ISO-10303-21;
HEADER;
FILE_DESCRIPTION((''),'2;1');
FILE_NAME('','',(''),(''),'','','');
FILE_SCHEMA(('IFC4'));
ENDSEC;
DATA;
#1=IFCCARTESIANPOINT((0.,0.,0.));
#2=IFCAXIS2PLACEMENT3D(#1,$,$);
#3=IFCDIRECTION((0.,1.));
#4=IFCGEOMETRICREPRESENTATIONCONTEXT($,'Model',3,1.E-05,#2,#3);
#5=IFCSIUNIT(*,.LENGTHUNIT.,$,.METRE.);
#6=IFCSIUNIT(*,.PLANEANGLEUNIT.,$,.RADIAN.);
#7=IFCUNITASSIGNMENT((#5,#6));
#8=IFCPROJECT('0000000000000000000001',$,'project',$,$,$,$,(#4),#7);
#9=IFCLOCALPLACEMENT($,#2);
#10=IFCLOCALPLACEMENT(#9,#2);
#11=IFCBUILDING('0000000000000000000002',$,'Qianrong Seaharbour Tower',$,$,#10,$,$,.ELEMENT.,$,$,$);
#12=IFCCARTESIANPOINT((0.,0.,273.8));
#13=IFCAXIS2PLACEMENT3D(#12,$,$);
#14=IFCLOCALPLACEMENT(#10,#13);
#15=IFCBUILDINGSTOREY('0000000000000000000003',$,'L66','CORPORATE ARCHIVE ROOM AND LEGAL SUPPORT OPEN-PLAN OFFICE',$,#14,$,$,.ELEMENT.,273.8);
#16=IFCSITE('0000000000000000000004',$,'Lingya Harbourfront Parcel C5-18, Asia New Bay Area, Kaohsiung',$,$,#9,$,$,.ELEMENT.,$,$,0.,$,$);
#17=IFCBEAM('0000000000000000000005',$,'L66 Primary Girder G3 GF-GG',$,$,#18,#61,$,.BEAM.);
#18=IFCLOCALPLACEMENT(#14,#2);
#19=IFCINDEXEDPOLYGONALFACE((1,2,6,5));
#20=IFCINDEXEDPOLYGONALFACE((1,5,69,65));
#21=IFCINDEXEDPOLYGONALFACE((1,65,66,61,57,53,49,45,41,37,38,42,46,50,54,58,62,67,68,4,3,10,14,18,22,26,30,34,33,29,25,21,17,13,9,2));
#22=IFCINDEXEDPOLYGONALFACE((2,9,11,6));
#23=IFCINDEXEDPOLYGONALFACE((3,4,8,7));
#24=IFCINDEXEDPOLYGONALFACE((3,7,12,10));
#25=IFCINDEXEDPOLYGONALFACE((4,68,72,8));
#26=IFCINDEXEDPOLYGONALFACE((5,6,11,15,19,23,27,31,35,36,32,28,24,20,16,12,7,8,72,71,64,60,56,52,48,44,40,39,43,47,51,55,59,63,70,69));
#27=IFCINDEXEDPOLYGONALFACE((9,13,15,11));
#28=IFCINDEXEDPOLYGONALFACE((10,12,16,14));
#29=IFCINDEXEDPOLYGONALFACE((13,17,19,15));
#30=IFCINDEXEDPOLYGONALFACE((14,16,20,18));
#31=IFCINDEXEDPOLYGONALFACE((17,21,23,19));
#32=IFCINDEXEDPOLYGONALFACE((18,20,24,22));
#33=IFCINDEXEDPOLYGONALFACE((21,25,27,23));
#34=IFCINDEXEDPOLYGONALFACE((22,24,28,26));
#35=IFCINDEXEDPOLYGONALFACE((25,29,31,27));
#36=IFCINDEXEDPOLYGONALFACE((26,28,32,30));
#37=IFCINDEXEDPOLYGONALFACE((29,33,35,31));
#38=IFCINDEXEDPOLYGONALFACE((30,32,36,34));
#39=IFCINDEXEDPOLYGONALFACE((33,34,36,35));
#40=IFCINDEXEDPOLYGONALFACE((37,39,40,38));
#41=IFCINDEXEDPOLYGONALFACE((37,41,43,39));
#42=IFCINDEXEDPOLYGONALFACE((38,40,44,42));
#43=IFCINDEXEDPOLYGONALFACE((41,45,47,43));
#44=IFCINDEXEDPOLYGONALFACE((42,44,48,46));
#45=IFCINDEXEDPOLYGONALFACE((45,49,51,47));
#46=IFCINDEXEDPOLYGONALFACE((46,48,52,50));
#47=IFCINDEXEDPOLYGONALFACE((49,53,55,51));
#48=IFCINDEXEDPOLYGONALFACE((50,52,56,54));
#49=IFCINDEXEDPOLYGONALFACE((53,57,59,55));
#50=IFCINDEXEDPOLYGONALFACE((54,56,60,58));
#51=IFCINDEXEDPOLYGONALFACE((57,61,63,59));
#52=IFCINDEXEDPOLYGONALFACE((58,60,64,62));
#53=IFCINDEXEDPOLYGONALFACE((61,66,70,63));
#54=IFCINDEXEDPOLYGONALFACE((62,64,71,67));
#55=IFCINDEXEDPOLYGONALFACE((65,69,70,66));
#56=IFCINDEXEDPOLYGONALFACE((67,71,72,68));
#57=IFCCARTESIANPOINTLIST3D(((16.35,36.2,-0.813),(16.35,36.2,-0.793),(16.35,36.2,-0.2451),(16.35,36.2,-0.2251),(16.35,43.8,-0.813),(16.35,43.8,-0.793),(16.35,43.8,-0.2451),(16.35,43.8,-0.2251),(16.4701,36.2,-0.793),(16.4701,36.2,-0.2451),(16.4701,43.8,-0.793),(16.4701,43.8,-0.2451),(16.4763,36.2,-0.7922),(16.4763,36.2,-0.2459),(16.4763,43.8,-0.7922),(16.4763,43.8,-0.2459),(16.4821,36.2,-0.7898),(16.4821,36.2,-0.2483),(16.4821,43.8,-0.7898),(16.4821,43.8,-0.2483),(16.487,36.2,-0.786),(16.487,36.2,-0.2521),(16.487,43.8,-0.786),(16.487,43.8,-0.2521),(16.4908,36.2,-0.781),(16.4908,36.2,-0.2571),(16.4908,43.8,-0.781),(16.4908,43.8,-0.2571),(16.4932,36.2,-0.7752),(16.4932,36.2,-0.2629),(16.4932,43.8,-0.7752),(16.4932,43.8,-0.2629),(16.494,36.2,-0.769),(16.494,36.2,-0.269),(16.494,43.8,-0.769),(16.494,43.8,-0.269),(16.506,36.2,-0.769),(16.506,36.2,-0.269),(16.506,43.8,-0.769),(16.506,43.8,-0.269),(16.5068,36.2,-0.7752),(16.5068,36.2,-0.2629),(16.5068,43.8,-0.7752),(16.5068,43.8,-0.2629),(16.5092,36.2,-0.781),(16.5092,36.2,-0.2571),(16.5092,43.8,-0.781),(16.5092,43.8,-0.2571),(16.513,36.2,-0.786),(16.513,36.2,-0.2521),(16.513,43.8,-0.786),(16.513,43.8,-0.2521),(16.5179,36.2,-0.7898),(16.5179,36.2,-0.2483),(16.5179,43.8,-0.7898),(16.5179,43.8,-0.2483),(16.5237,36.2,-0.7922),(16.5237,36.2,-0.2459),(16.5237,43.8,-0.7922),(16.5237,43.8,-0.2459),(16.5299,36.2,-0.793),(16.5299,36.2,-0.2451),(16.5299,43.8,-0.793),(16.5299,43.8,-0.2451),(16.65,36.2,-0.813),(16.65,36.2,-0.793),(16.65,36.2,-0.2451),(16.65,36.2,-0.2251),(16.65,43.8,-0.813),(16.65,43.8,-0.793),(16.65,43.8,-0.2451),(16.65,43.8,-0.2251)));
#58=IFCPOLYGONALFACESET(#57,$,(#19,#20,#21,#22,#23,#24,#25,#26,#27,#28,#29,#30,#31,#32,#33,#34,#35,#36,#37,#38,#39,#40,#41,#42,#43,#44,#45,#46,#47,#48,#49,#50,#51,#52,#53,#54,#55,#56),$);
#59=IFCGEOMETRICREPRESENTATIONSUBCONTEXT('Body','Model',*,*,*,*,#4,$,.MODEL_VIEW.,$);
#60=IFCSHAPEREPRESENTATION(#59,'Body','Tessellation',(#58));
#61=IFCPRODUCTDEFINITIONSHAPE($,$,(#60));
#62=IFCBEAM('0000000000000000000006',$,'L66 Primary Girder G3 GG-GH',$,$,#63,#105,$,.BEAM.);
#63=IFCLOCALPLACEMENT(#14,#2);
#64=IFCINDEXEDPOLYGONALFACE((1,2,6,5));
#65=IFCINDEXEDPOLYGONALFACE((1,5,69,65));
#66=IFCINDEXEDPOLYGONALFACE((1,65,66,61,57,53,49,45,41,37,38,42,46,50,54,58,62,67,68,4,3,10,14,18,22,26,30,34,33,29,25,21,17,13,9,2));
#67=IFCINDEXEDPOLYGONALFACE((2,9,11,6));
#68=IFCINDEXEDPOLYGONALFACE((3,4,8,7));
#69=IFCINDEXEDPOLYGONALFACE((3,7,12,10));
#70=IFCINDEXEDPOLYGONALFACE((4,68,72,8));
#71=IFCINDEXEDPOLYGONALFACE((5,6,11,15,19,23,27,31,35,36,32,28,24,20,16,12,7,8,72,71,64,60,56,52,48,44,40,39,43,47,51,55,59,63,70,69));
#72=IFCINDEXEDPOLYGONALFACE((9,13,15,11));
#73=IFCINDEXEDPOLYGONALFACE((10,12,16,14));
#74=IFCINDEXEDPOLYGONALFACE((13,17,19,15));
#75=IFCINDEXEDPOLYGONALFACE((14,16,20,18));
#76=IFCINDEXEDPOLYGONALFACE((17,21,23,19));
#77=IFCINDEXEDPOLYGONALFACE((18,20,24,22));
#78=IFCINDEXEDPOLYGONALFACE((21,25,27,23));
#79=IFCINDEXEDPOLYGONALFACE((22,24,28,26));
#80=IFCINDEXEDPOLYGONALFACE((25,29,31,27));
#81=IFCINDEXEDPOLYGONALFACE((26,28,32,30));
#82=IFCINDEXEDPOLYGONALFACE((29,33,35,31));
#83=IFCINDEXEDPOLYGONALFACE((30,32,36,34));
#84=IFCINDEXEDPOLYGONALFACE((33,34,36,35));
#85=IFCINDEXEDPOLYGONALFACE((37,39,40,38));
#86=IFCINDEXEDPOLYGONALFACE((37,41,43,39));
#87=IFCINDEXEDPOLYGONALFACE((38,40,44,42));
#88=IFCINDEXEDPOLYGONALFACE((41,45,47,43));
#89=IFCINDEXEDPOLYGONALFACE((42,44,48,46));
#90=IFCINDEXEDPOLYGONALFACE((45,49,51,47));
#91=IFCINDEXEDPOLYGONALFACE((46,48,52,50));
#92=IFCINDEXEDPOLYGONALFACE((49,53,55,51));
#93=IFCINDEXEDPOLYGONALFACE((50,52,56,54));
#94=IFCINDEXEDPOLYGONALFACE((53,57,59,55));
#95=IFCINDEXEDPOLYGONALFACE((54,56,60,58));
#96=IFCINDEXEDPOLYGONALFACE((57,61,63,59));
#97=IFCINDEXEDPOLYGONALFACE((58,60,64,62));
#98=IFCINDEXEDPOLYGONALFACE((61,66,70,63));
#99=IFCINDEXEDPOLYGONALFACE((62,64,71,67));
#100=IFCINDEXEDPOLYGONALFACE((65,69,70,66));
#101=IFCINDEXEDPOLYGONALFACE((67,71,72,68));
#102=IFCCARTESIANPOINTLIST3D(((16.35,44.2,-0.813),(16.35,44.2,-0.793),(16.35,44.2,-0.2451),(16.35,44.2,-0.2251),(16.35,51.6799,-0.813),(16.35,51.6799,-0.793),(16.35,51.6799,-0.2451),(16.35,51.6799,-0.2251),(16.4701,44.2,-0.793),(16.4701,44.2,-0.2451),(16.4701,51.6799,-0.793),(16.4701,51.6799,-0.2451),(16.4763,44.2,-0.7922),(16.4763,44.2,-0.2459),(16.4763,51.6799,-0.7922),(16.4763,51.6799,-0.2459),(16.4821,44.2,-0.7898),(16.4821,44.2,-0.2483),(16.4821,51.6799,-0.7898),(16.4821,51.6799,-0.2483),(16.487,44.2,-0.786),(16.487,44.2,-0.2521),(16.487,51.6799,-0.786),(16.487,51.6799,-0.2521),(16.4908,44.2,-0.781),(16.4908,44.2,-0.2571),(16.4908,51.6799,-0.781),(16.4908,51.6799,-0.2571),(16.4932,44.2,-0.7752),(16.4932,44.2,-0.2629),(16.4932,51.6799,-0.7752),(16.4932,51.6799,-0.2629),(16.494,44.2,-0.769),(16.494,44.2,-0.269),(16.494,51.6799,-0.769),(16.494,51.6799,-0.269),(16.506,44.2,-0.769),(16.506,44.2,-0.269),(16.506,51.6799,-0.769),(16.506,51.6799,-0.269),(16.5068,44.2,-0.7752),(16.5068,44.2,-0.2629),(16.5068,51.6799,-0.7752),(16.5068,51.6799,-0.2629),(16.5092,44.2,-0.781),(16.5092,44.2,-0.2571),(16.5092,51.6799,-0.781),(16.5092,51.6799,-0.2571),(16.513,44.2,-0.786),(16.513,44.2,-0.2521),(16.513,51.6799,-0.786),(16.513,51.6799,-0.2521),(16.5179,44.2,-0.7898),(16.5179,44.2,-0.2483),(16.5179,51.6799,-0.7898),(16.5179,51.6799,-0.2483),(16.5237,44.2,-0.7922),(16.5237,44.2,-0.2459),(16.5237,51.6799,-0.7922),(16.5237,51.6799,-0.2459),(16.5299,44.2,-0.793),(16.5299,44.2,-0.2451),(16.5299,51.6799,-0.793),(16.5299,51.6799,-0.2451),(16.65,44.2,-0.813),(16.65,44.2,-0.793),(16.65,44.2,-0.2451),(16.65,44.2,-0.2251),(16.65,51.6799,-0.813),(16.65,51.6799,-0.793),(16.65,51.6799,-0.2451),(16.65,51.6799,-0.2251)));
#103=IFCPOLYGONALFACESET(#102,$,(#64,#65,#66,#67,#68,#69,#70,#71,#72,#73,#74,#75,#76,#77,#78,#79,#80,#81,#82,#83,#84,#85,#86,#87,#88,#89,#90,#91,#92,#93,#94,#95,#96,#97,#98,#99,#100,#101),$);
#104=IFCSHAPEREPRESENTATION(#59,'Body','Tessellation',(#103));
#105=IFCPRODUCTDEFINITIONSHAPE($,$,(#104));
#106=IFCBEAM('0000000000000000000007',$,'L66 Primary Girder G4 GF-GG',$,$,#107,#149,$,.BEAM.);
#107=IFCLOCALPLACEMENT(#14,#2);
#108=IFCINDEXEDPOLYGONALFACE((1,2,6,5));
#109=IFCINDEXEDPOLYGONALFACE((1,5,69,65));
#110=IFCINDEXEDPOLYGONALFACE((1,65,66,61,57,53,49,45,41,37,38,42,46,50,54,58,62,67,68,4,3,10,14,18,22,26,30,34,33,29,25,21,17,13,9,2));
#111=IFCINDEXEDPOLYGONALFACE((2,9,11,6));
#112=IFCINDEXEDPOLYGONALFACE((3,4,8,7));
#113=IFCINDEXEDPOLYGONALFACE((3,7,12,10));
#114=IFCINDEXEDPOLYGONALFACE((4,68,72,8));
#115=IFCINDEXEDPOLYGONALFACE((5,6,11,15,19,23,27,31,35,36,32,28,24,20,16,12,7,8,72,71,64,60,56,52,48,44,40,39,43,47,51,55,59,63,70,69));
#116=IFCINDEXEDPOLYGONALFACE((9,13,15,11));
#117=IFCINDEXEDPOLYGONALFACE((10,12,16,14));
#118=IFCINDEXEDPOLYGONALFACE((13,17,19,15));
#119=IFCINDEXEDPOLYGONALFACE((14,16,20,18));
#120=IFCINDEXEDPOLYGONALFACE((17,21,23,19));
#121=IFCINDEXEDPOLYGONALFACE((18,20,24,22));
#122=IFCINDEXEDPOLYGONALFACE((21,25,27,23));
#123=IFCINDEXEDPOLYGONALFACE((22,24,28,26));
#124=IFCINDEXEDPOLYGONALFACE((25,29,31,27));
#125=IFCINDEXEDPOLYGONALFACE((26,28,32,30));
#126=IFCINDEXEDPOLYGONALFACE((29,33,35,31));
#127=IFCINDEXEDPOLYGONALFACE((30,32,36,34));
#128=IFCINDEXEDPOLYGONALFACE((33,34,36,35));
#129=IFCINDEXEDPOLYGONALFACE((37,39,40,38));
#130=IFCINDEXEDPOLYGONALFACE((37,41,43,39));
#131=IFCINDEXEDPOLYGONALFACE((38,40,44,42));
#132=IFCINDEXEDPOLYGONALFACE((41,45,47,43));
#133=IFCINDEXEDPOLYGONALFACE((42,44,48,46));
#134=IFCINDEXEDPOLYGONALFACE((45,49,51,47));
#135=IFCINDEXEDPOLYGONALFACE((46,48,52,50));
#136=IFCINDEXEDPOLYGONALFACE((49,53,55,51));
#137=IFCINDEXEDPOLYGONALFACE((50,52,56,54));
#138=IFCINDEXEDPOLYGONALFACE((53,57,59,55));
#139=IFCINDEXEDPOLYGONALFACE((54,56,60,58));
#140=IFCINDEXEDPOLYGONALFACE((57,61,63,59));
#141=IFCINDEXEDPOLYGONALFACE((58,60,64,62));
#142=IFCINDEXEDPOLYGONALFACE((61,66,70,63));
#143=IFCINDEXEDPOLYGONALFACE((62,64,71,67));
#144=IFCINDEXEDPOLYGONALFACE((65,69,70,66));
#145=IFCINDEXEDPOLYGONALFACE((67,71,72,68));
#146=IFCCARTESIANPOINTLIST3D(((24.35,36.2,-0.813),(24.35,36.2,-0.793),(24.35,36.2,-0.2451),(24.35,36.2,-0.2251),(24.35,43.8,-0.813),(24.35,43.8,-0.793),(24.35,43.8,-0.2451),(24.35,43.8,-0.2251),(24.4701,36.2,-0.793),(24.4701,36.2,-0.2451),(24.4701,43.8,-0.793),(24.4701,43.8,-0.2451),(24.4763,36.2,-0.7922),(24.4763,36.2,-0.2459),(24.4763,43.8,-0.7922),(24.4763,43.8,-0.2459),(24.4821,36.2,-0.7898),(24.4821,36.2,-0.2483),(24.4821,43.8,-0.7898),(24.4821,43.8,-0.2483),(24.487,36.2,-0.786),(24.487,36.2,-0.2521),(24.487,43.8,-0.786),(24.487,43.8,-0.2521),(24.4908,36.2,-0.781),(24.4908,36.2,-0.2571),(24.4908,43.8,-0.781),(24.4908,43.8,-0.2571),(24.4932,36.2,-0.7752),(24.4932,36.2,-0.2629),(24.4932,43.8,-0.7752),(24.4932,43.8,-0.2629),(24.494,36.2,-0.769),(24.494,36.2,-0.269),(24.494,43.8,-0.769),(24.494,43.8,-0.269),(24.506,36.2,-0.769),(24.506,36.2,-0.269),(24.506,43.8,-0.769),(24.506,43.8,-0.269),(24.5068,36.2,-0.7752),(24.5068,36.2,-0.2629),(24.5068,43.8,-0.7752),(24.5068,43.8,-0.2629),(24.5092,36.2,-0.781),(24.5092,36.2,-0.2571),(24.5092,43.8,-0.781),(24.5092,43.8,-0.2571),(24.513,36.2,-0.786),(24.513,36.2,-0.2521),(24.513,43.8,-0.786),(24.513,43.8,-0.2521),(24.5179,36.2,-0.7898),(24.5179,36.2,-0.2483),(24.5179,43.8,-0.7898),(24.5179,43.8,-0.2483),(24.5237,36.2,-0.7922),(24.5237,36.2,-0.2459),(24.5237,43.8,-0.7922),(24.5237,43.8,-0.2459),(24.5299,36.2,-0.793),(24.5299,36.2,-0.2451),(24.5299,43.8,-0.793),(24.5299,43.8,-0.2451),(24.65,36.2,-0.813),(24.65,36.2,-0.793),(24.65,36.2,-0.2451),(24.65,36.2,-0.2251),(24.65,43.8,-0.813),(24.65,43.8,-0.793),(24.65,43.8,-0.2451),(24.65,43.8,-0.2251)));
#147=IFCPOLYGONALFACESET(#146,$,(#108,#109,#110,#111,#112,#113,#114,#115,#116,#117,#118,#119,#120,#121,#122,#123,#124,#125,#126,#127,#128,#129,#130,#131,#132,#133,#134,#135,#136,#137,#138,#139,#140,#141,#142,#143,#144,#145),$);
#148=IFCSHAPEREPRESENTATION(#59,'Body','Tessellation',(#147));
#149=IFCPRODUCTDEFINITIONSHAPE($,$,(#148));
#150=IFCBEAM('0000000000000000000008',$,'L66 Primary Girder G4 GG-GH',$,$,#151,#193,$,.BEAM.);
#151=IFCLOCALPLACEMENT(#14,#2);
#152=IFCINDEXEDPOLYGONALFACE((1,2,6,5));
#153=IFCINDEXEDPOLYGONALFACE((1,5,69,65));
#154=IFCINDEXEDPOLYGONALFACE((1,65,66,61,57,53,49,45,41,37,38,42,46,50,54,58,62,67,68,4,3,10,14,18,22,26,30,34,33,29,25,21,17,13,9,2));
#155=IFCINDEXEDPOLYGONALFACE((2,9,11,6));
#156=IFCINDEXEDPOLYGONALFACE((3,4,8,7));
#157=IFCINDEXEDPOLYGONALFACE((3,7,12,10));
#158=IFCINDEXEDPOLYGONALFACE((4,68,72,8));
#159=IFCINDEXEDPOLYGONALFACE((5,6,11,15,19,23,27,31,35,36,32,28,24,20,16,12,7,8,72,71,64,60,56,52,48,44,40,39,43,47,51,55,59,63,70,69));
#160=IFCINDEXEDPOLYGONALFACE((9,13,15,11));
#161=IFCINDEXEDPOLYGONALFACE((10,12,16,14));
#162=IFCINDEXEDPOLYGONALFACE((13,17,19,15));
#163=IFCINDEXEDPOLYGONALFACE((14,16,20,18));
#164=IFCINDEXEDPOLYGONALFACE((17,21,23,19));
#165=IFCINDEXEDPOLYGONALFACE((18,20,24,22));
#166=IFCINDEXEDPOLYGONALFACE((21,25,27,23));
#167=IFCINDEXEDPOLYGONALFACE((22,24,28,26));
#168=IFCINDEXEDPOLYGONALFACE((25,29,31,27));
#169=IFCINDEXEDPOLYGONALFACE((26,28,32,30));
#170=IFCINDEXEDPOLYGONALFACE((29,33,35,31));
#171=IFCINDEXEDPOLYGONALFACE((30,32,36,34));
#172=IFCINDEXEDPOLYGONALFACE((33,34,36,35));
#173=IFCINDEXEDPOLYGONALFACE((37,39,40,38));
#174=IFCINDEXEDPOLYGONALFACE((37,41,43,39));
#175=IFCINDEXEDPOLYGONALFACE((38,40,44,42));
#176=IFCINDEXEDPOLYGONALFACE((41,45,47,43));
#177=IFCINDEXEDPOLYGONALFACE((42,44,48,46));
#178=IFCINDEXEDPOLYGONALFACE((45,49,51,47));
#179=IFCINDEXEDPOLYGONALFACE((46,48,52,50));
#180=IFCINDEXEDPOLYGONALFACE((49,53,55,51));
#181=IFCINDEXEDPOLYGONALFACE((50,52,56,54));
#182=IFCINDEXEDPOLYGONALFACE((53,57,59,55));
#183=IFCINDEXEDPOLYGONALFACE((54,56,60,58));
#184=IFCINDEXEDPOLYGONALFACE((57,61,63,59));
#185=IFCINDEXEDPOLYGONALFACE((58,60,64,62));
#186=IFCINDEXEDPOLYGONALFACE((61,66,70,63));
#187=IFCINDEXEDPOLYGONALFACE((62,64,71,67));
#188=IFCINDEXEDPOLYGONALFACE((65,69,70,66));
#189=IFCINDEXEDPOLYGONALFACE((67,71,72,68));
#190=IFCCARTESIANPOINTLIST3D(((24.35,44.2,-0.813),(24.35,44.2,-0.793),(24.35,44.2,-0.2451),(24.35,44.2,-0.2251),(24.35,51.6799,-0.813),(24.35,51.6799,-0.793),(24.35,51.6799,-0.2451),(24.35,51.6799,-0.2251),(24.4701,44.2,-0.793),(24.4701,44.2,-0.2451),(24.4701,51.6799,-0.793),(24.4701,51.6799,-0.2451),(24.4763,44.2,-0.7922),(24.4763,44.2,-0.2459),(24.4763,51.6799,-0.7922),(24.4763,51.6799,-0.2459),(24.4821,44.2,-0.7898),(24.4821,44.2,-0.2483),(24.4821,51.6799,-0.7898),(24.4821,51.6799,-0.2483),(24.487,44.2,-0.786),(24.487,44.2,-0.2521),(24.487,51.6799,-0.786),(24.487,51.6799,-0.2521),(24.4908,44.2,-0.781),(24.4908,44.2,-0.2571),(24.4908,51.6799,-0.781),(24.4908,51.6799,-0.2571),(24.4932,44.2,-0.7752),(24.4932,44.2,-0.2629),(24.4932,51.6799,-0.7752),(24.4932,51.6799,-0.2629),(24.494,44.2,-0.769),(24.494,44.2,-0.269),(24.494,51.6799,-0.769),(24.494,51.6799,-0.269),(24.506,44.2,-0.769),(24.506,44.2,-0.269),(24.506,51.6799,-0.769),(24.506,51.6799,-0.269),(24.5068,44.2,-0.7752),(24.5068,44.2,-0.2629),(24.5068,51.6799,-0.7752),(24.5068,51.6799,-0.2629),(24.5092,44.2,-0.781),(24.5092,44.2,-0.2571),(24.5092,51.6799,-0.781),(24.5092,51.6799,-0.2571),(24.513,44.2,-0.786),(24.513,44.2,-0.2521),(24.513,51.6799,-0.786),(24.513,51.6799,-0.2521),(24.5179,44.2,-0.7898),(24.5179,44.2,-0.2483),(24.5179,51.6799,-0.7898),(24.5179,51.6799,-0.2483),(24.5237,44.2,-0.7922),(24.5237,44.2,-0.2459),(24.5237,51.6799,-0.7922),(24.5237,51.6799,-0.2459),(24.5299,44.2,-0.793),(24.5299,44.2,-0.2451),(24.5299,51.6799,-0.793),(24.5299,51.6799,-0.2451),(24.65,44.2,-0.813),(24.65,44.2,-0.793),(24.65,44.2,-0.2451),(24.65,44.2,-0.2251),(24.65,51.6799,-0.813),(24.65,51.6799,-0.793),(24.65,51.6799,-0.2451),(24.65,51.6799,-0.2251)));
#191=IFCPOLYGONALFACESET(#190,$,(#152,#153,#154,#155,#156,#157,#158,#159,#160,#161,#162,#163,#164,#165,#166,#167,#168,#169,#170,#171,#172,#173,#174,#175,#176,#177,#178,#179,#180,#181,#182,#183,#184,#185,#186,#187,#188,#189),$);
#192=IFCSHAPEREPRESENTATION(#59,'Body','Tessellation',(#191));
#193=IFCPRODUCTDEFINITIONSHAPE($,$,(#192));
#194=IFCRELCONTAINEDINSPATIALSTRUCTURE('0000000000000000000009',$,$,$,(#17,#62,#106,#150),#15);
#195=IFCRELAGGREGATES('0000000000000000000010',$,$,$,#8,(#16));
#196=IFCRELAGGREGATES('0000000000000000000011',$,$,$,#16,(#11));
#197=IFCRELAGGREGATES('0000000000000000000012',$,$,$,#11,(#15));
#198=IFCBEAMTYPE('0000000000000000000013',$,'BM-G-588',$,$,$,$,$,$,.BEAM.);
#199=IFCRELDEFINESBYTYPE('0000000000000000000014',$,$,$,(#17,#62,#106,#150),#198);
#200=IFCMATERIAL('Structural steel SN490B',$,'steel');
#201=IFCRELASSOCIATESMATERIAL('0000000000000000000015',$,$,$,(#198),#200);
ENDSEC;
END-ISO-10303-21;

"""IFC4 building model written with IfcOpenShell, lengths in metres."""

from ifc_helpers import new_model, si_unit, direction, frame, origin, origin_2d, place, context, subcontext, project, spatial, i_section, extrude, material, material_profile, profile_set, type_object, element, save


model = new_model("IFC4")

# Units and contexts
model_context = context("Model", 3, precision=1e-05, world=origin(), true_north=direction((0.0, 1.0)))
body_context = subcontext(model_context, "Body", "Model", "MODEL_VIEW")
ifc_project = project(units=[si_unit("LENGTHUNIT", "METRE"), si_unit("PLANEANGLEUNIT", "RADIAN")], contexts=[model_context])

# Site, building, storey
site_placement = place(None, origin())
site = spatial("IfcSite", under=ifc_project, at=site_placement, Name="Lingya Harbourfront Parcel C5-18, Asia New Bay Area, Kaohsiung", CompositionType="ELEMENT", RefElevation=0.0)
building_placement = place(site_placement, origin())
building = spatial("IfcBuilding", under=site, at=building_placement, Name="Qianrong Seaharbour Tower", CompositionType="ELEMENT")
storey_placement = place(building_placement, frame((0.0, 0.0, 273.8)))
storey = spatial("IfcBuildingStorey", under=building, at=storey_placement, Name="L66", Description="CORPORATE ARCHIVE ROOM AND LEGAL SUPPORT OPEN-PLAN OFFICE", CompositionType="ELEMENT", Elevation=273.8)

# Shared definitions
ifc_material_1 = material(Name="Structural steel SN490B", Category="steel")

# Beams
ifc_material_profile_1 = material_profile(ifc_material_1, i_section(OverallWidth=0.3, OverallDepth=0.5879, WebThickness=0.012, FlangeThickness=0.02, FilletRadius=0.0239, at=origin_2d()), Name="H588x300x12x20")
ifc_profile_set_1 = profile_set([ifc_material_profile_1], Name="Structural steel SN490B")
beam_type_1 = type_object("IfcBeamType", Name="BM-G-588", PredefinedType="BEAM", material=ifc_profile_set_1)
for number, where, z_axis, x_axis, name in (
    (1, (16.5, 36.2, -0.519), (0.0, 1.0, 0.0), (-1.0, 0.0, 0.0), "L66 Primary Girder G3 GF-GG"),
):
    element("IfcBeam", number, at=place(storey_placement, frame(where, z_axis=z_axis, x_axis=x_axis)), inside=storey, type_object=beam_type_1, Name=name, PredefinedType="BEAM", context=body_context, shape_type="SweptSolid", body=[
        extrude(i_section(OverallWidth=0.3, OverallDepth=0.5879, WebThickness=0.012, FlangeThickness=0.02, FilletRadius=0.0239, at=origin_2d()), origin(), (0.0, 0.0, 1.0), 7.6001),
    ])
beam_1_placement = place(storey_placement, frame((16.5, 44.2, -0.519), z_axis=(0.0, 1.0, 0.0), x_axis=(-1.0, 0.0, 0.0)))
element("IfcBeam", 2, at=beam_1_placement, inside=storey, type_object=beam_type_1, Name="L66 Primary Girder G3 GG-GH", PredefinedType="BEAM", context=body_context, shape_type="SweptSolid", body=[
    extrude(i_section(OverallWidth=0.3, OverallDepth=0.5879, WebThickness=0.012, FlangeThickness=0.02, FilletRadius=0.0239, at=origin_2d()), origin(), (0.0, 0.0, 1.0), 7.48),
])
beam_2_placement = place(storey_placement, frame((24.5, 36.2, -0.519), z_axis=(0.0, 1.0, 0.0), x_axis=(-1.0, 0.0, 0.0)))
element("IfcBeam", 3, at=beam_2_placement, inside=storey, type_object=beam_type_1, Name="L66 Primary Girder G4 GF-GG", PredefinedType="BEAM", context=body_context, shape_type="SweptSolid", body=[
    extrude(i_section(OverallWidth=0.3, OverallDepth=0.5879, WebThickness=0.012, FlangeThickness=0.02, FilletRadius=0.0239, at=origin_2d()), origin(), (0.0, 0.0, 1.0), 7.6001),
])
beam_3_placement = place(storey_placement, frame((24.5, 44.2, -0.519), z_axis=(0.0, 1.0, 0.0), x_axis=(-1.0, 0.0, 0.0)))
element("IfcBeam", 4, at=beam_3_placement, inside=storey, type_object=beam_type_1, Name="L66 Primary Girder G4 GG-GH", PredefinedType="BEAM", context=body_context, shape_type="SweptSolid", body=[
    extrude(i_section(OverallWidth=0.3, OverallDepth=0.5879, WebThickness=0.012, FlangeThickness=0.02, FilletRadius=0.0239, at=origin_2d()), origin(), (0.0, 0.0, 1.0), 7.48),
])

save(model, "model.ifc")
